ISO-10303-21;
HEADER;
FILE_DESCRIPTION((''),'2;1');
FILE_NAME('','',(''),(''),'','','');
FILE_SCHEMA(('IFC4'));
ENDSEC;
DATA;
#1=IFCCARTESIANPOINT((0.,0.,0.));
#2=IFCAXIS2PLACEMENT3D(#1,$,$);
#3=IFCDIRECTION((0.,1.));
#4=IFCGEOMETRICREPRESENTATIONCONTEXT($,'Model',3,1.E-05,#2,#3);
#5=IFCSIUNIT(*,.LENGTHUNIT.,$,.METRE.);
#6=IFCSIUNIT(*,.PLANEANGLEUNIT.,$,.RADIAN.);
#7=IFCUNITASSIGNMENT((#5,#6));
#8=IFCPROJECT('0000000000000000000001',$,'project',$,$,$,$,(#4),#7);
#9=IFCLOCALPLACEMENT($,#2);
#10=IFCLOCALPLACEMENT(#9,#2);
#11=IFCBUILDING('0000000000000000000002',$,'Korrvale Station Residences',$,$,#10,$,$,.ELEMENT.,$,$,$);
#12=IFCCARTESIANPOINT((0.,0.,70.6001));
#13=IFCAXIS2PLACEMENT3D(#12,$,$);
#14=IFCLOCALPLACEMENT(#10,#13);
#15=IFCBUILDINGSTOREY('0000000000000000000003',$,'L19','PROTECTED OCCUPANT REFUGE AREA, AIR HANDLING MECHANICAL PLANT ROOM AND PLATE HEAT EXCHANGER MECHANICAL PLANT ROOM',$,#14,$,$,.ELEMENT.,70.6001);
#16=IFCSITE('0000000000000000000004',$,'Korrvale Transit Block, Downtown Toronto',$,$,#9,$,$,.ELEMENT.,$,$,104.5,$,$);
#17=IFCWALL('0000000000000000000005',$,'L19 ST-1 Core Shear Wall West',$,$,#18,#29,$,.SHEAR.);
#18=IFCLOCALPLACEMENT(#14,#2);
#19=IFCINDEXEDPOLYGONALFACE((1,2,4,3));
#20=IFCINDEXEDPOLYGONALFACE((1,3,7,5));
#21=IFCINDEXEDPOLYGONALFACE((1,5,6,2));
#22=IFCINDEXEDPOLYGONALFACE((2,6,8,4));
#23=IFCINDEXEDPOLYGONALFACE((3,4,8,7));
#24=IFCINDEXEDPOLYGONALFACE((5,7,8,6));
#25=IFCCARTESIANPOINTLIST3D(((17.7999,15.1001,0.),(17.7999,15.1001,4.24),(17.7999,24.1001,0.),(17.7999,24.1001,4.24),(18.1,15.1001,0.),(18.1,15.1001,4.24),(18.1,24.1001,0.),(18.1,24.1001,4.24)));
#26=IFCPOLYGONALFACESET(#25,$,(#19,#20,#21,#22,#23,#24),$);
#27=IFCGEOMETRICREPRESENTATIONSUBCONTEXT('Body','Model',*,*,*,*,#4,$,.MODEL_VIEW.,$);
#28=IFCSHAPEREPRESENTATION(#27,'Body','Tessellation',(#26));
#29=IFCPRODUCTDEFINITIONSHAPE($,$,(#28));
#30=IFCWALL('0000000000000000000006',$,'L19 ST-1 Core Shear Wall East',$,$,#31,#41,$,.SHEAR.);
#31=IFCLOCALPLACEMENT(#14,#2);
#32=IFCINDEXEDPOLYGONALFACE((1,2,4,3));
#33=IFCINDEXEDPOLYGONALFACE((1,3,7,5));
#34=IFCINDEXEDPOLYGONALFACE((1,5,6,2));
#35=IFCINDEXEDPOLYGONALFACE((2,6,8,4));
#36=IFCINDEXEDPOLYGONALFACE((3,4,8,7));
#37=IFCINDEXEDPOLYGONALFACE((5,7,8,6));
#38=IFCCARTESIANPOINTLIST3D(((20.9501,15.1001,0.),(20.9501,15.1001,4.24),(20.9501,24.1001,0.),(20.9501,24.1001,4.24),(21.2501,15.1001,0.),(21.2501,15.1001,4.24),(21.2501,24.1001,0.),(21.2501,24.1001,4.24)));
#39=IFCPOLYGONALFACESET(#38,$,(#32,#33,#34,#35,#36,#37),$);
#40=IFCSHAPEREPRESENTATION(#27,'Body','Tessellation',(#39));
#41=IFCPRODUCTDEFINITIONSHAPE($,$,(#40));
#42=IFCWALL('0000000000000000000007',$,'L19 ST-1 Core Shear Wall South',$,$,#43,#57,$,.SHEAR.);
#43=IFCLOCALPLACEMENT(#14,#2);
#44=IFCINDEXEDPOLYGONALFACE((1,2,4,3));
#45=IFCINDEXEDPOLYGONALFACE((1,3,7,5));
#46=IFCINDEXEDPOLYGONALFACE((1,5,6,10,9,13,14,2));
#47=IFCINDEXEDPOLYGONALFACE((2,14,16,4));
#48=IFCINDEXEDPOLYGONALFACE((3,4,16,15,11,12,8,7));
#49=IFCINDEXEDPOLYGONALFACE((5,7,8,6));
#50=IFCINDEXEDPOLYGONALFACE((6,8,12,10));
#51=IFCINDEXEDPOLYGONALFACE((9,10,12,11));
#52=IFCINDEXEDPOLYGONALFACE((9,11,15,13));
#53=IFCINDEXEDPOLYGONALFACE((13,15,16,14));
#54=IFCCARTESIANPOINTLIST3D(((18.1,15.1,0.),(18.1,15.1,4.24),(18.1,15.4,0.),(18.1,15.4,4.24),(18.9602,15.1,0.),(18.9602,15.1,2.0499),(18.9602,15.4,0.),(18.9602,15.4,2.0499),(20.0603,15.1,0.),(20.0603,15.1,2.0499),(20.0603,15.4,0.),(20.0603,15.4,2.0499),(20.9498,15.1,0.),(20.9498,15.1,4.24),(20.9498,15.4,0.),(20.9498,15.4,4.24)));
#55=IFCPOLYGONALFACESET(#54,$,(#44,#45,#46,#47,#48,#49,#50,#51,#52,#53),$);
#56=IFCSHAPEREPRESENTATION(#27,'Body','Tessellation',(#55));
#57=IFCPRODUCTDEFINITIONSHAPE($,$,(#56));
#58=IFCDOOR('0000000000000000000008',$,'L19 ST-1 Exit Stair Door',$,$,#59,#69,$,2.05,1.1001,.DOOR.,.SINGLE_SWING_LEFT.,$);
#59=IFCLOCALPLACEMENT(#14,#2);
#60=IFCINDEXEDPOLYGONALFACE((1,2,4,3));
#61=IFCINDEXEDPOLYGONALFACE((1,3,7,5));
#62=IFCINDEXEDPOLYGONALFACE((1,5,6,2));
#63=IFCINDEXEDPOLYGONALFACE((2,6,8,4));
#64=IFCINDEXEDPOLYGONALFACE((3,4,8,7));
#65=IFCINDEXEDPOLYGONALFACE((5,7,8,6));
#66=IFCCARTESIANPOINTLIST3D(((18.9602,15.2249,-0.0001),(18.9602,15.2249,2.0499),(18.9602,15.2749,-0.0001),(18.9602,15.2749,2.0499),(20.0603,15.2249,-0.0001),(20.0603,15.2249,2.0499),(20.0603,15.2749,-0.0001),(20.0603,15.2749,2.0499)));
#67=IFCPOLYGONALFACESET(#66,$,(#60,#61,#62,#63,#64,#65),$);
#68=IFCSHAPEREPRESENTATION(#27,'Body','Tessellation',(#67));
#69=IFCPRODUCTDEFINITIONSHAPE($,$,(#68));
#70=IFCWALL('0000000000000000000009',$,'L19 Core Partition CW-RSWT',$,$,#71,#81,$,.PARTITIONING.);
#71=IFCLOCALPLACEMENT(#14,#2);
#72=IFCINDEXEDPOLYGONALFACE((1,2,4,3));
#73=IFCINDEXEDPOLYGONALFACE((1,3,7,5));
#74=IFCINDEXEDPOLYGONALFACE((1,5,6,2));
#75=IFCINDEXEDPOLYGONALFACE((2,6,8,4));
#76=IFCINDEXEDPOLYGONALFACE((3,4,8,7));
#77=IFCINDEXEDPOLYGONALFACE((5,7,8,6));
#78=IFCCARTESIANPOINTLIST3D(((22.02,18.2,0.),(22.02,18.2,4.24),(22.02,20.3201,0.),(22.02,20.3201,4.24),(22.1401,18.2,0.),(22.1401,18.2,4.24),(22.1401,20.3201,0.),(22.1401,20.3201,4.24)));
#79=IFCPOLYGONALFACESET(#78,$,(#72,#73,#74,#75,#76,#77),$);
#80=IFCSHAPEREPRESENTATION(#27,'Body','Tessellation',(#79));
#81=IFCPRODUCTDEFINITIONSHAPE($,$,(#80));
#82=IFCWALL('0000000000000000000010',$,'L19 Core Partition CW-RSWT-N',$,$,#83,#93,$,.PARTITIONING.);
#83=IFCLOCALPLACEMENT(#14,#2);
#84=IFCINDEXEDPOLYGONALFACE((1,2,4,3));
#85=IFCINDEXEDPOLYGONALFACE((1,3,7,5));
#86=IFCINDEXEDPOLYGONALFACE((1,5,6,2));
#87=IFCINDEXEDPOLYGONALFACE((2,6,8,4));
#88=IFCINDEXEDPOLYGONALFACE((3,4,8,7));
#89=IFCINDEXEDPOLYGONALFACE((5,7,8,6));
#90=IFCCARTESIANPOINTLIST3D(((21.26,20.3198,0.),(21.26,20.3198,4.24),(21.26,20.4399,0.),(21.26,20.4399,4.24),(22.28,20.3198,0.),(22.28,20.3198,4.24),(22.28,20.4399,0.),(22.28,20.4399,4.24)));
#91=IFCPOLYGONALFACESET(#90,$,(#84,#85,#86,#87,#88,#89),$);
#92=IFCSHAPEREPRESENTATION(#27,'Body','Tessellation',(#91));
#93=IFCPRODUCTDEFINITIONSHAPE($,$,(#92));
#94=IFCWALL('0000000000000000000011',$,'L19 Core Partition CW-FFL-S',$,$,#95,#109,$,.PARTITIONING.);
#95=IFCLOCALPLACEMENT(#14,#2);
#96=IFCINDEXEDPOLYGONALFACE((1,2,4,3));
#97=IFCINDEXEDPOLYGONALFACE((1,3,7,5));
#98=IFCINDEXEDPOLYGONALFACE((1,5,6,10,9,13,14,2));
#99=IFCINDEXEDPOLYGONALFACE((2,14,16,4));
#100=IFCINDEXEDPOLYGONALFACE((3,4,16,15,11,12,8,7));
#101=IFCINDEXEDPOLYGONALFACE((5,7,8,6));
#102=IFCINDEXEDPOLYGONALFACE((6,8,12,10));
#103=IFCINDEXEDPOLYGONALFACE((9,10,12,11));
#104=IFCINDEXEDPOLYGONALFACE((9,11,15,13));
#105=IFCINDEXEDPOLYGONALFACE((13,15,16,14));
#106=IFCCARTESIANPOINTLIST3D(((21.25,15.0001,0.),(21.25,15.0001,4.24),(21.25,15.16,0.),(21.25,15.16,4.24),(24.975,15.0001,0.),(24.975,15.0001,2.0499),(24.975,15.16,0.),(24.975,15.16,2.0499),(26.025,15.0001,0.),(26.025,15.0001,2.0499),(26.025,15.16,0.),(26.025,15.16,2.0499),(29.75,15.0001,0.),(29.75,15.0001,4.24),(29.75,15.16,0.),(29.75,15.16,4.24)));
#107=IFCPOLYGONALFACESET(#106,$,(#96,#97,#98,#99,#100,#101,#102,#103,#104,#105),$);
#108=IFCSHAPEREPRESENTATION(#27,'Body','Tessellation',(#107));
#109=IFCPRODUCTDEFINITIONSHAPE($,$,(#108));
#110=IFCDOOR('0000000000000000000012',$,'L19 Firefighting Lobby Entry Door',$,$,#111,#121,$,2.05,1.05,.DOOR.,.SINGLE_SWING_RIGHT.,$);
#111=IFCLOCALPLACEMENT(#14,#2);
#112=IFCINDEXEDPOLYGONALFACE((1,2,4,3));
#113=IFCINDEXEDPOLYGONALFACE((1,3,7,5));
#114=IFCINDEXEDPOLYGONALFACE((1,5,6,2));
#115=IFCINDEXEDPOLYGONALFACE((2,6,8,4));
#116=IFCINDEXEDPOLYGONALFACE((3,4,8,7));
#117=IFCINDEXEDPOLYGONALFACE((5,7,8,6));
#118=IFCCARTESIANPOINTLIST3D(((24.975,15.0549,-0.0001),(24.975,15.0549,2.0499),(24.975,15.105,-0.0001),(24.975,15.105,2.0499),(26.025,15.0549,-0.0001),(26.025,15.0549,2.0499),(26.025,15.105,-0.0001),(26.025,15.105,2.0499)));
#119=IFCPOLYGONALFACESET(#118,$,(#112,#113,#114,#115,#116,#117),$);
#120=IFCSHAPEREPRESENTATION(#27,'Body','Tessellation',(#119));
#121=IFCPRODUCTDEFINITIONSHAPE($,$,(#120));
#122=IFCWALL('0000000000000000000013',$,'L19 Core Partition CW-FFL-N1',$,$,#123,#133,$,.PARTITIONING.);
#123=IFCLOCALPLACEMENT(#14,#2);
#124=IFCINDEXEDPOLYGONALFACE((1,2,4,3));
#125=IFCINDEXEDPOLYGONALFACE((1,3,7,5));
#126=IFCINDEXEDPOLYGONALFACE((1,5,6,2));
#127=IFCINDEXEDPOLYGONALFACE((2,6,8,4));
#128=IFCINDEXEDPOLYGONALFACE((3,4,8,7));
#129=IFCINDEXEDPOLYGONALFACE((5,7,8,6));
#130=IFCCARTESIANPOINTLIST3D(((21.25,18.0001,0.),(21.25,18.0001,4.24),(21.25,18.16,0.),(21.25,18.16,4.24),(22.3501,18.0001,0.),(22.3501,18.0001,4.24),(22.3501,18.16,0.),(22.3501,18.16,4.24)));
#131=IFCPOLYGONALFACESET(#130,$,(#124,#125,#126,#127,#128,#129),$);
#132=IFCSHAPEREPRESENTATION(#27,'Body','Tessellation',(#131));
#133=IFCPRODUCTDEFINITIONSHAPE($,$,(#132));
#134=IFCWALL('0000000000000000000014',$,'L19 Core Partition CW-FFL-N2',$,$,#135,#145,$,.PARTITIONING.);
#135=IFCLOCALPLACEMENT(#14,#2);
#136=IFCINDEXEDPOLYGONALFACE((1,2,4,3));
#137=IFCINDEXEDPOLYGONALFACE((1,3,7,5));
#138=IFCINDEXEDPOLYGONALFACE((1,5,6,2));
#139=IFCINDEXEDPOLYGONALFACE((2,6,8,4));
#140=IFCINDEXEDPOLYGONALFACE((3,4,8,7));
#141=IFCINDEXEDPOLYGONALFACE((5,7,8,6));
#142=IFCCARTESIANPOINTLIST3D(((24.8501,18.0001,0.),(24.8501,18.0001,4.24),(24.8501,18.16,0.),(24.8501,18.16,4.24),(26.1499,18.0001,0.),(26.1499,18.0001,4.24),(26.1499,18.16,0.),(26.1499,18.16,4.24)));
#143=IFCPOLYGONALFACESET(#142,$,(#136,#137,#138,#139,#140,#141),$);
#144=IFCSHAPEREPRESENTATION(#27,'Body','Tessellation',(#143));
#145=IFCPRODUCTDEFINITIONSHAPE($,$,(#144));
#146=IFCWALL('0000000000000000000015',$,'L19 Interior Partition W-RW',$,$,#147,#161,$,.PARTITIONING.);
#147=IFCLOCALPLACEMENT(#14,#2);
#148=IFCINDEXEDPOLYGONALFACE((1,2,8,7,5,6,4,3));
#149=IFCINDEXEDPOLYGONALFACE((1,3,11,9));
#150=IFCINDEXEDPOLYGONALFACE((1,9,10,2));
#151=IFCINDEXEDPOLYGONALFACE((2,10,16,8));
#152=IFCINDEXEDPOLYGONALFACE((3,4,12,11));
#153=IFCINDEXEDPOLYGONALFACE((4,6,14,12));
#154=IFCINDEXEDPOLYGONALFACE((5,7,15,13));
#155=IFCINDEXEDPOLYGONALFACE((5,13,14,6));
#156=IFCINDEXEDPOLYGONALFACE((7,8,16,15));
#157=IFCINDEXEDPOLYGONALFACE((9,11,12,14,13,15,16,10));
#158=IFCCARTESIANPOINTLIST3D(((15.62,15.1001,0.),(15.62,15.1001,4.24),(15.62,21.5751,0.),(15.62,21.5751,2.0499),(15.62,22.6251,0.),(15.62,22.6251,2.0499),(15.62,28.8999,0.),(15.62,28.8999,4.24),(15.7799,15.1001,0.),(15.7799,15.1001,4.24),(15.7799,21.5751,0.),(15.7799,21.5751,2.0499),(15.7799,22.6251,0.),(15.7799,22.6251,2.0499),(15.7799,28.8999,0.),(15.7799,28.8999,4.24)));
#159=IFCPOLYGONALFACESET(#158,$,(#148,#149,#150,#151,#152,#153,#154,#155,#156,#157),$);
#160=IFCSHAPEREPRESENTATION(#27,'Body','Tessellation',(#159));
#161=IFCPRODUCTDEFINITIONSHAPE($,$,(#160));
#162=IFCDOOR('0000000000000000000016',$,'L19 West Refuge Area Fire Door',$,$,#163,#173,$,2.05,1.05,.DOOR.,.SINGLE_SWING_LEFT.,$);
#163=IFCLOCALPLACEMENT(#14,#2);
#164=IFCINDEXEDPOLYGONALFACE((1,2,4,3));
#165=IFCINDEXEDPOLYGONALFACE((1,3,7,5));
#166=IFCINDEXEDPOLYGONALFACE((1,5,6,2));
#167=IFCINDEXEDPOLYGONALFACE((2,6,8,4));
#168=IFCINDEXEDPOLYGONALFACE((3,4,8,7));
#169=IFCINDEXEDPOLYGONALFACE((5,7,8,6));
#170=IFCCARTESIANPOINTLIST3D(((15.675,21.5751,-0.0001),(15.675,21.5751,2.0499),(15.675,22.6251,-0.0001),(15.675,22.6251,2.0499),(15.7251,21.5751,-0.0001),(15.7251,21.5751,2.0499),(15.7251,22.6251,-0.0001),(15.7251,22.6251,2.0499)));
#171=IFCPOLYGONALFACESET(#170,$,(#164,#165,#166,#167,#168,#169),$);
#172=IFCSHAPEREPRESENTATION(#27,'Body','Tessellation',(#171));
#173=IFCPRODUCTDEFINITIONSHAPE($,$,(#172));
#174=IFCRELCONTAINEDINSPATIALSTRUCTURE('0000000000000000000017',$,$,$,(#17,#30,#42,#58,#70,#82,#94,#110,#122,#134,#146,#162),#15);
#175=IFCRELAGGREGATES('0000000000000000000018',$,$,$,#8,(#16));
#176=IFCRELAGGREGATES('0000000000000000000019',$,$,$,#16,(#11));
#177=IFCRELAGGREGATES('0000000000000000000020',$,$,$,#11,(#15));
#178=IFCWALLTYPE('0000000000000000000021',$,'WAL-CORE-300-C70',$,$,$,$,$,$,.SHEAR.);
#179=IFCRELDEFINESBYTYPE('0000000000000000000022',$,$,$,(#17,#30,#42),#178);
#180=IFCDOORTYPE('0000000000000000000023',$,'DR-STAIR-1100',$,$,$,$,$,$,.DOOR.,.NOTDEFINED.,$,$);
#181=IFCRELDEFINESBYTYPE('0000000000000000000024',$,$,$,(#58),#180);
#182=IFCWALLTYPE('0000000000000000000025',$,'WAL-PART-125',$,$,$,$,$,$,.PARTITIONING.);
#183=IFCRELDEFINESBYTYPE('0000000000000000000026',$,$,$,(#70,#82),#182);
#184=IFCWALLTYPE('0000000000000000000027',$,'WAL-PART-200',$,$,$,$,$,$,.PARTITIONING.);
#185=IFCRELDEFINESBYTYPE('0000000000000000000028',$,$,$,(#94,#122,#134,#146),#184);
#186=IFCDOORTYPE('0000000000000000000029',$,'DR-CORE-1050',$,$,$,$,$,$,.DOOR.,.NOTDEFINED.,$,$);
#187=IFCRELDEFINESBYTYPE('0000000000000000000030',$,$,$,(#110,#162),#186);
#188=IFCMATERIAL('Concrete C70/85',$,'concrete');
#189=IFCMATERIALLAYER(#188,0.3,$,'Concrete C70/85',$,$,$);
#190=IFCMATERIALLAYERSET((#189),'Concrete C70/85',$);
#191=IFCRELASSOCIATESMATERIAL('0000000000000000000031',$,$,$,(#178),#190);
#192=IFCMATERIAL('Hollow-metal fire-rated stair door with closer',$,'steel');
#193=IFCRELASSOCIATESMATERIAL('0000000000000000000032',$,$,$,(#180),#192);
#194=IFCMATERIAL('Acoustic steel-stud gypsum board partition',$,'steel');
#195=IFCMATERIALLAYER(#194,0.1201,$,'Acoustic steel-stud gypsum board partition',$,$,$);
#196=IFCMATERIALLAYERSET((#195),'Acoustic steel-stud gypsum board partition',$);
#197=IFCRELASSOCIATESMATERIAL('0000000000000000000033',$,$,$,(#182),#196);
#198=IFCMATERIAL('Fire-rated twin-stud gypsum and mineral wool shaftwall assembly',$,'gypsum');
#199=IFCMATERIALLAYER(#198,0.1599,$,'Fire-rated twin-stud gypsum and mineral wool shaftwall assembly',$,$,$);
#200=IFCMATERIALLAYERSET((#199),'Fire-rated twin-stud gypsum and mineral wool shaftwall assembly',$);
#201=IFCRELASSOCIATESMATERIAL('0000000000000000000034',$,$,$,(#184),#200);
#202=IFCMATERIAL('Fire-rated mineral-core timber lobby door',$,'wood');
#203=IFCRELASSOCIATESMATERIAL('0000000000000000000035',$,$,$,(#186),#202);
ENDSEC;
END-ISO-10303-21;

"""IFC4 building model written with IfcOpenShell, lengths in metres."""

from ifc_helpers import new_model, si_unit, direction, frame, frame_2d, origin, place, context, subcontext, project, spatial, rectangle, extrude, material, layer, layer_set, type_object, element, fill, save


model = new_model("IFC4")

# Units and contexts
model_context = context("Model", 3, precision=1e-05, world=origin(), true_north=direction((0.0, 1.0)))
body_context = subcontext(model_context, "Body", "Model", "MODEL_VIEW")
ifc_project = project(units=[si_unit("LENGTHUNIT", "METRE"), si_unit("PLANEANGLEUNIT", "RADIAN")], contexts=[model_context])

# Site, building, storey
site_placement = place(None, origin())
site = spatial("IfcSite", under=ifc_project, at=site_placement, Name="Korrvale Transit Block, Downtown Toronto", CompositionType="ELEMENT", RefElevation=104.5)
building_placement = place(site_placement, origin())
building = spatial("IfcBuilding", under=site, at=building_placement, Name="Korrvale Station Residences", CompositionType="ELEMENT")
storey_placement = place(building_placement, frame((0.0, 0.0, 70.6001)))
storey = spatial("IfcBuildingStorey", under=building, at=storey_placement, Name="L19", Description="PROTECTED OCCUPANT REFUGE AREA, AIR HANDLING MECHANICAL PLANT ROOM AND PLATE HEAT EXCHANGER MECHANICAL PLANT ROOM", CompositionType="ELEMENT", Elevation=70.6001)

# Walls
ifc_material_1 = material(Name="Concrete C70/85", Category="concrete")
ifc_layer_1 = layer(ifc_material_1, 0.3, Name="Concrete C70/85")
ifc_layer_set_1 = layer_set([ifc_layer_1], Name="Concrete C70/85")
wall_type_1 = type_object("IfcWallType", Name="WAL-CORE-300-C70", PredefinedType="SHEAR", material=ifc_layer_set_1)
for number, where, z_axis, x_axis, name in (
    (1, (17.95, 15.1001, 0.0), (0.0, 0.0, 1.0), (0.0, 1.0, 0.0), "L19 ST-1 Core Shear Wall West"),
    (2, (21.1001, 15.1001, 0.0), (0.0, 0.0, 1.0), (0.0, 1.0, 0.0), "L19 ST-1 Core Shear Wall East"),
):
    element("IfcWall", number, at=place(storey_placement, frame(where, z_axis=z_axis, x_axis=x_axis)), inside=storey, type_object=wall_type_1, Name=name, PredefinedType="SHEAR", context=body_context, shape_type="SweptSolid", body=[
        extrude(rectangle(XDim=9.0, YDim=0.3, at=frame_2d((4.5, 0.0))), origin(), (0.0, 0.0, 1.0), 4.24),
    ])

# Wall, opening, door
wall_1_placement = place(storey_placement, frame((18.1001, 15.25, 0.0), z_axis=(0.0, 0.0, 1.0), x_axis=(1.0, 0.0, 0.0)))
wall_1 = element("IfcWall", 3, at=wall_1_placement, inside=storey, type_object=wall_type_1, Name="L19 ST-1 Core Shear Wall South", PredefinedType="SHEAR", context=body_context, shape_type="SweptSolid", body=[
    extrude(rectangle(XDim=2.8499, YDim=0.3, at=frame_2d((1.4248, 0.0))), origin(), (0.0, 0.0, 1.0), 4.24),
])
opening_1_placement = place(wall_1_placement, frame((0.8601, 0.0, 0.0)))
opening_1 = element("IfcOpeningElement", 4, at=opening_1_placement, cuts=wall_1, PredefinedType="OPENING", context=body_context, shape_type="SweptSolid", body=[
    extrude(rectangle(XDim=1.1001, YDim=2.05, at=frame_2d((0.55, 1.0249))), frame((0.0, 0.1602, 0.0), z_axis=(0.0, -1.0, 0.0), x_axis=(1.0, 0.0, 0.0)), (0.0, 0.0, 1.0), 0.3201),
])
ifc_material_2 = material(Name="Hollow-metal fire-rated stair door with closer", Category="steel")
door_type_1 = type_object("IfcDoorType", Name="DR-STAIR-1100", OperationType="NOTDEFINED", PredefinedType="DOOR", material=ifc_material_2)
door_1_placement = place(opening_1_placement, origin())
door_1 = element("IfcDoor", 5, at=door_1_placement, inside=storey, type_object=door_type_1, Name="L19 ST-1 Exit Stair Door", OperationType="SINGLE_SWING_LEFT", OverallHeight=2.05, OverallWidth=1.1001, PredefinedType="DOOR", context=body_context, shape_type="SweptSolid", body=[
    extrude(rectangle(XDim=1.1001, YDim=2.05, at=frame_2d((0.55, 1.0249))), frame((0.0, 0.0249, 0.0), z_axis=(0.0, -1.0, 0.0), x_axis=(1.0, 0.0, 0.0)), (0.0, 0.0, 1.0), 0.05),
])
fill(opening_1, door_1)

# Walls
ifc_material_3 = material(Name="Acoustic steel-stud gypsum board partition", Category="steel")
ifc_layer_2 = layer(ifc_material_3, 0.1201, Name="Acoustic steel-stud gypsum board partition")
ifc_layer_set_2 = layer_set([ifc_layer_2], Name="Acoustic steel-stud gypsum board partition")
wall_type_2 = type_object("IfcWallType", Name="WAL-PART-125", PredefinedType="PARTITIONING", material=ifc_layer_set_2)
wall_2_placement = place(storey_placement, frame((22.0801, 18.2, 0.0), z_axis=(0.0, 0.0, 1.0), x_axis=(0.0, 1.0, 0.0)))
element("IfcWall", 6, at=wall_2_placement, inside=storey, type_object=wall_type_2, Name="L19 Core Partition CW-RSWT", PredefinedType="PARTITIONING", context=body_context, shape_type="SweptSolid", body=[
    extrude(rectangle(XDim=2.1201, YDim=0.1201, at=frame_2d((1.0601, 0.0))), origin(), (0.0, 0.0, 1.0), 4.24),
])
wall_3_placement = place(storey_placement, frame((22.28, 20.3799, 0.0), z_axis=(0.0, 0.0, 1.0), x_axis=(-1.0, 0.0, 0.0)))
element("IfcWall", 7, at=wall_3_placement, inside=storey, type_object=wall_type_2, Name="L19 Core Partition CW-RSWT-N", PredefinedType="PARTITIONING", context=body_context, shape_type="SweptSolid", body=[
    extrude(rectangle(XDim=1.02, YDim=0.1201, at=frame_2d((0.51, 0.0))), origin(), (0.0, 0.0, 1.0), 4.24),
])

# Wall, opening, door
ifc_material_4 = material(Name="Fire-rated twin-stud gypsum and mineral wool shaftwall assembly", Category="gypsum")
ifc_layer_3 = layer(ifc_material_4, 0.1599, Name="Fire-rated twin-stud gypsum and mineral wool shaftwall assembly")
ifc_layer_set_3 = layer_set([ifc_layer_3], Name="Fire-rated twin-stud gypsum and mineral wool shaftwall assembly")
wall_type_3 = type_object("IfcWallType", Name="WAL-PART-200", PredefinedType="PARTITIONING", material=ifc_layer_set_3)
wall_4_placement = place(storey_placement, frame((21.25, 15.0801, 0.0), z_axis=(0.0, 0.0, 1.0), x_axis=(1.0, 0.0, 0.0)))
wall_4 = element("IfcWall", 8, at=wall_4_placement, inside=storey, type_object=wall_type_3, Name="L19 Core Partition CW-FFL-S", PredefinedType="PARTITIONING", context=body_context, shape_type="SweptSolid", body=[
    extrude(rectangle(XDim=8.5, YDim=0.1599, at=frame_2d((4.25, 0.0))), origin(), (0.0, 0.0, 1.0), 4.24),
])
opening_2_placement = place(wall_4_placement, frame((3.7251, 0.0, 0.0)))
opening_2 = element("IfcOpeningElement", 9, at=opening_2_placement, cuts=wall_4, PredefinedType="OPENING", context=body_context, shape_type="SweptSolid", body=[
    extrude(rectangle(XDim=1.05, YDim=2.05, at=frame_2d((0.5249, 1.0249))), frame((0.0, 0.0898, 0.0), z_axis=(0.0, -1.0, 0.0), x_axis=(1.0, 0.0, 0.0)), (0.0, 0.0, 1.0), 0.1799),
])
ifc_material_5 = material(Name="Fire-rated mineral-core timber lobby door", Category="wood")
door_type_2 = type_object("IfcDoorType", Name="DR-CORE-1050", OperationType="NOTDEFINED", PredefinedType="DOOR", material=ifc_material_5)
door_2_placement = place(opening_2_placement, origin())
door_2 = element("IfcDoor", 10, at=door_2_placement, inside=storey, type_object=door_type_2, Name="L19 Firefighting Lobby Entry Door", OperationType="SINGLE_SWING_RIGHT", OverallHeight=2.05, OverallWidth=1.05, PredefinedType="DOOR", context=body_context, shape_type="SweptSolid", body=[
    extrude(rectangle(XDim=1.05, YDim=2.05, at=frame_2d((0.5249, 1.0249))), frame((0.0, 0.0249, 0.0), z_axis=(0.0, -1.0, 0.0), x_axis=(1.0, 0.0, 0.0)), (0.0, 0.0, 1.0), 0.05),
])
fill(opening_2, door_2)

# Walls
wall_5_placement = place(storey_placement, frame((21.25, 18.0801, 0.0), z_axis=(0.0, 0.0, 1.0), x_axis=(1.0, 0.0, 0.0)))
element("IfcWall", 11, at=wall_5_placement, inside=storey, type_object=wall_type_3, Name="L19 Core Partition CW-FFL-N1", PredefinedType="PARTITIONING", context=body_context, shape_type="SweptSolid", body=[
    extrude(rectangle(XDim=1.1001, YDim=0.1599, at=frame_2d((0.55, 0.0))), origin(), (0.0, 0.0, 1.0), 4.24),
])
wall_6_placement = place(storey_placement, frame((24.8501, 18.0801, 0.0), z_axis=(0.0, 0.0, 1.0), x_axis=(1.0, 0.0, 0.0)))
element("IfcWall", 12, at=wall_6_placement, inside=storey, type_object=wall_type_3, Name="L19 Core Partition CW-FFL-N2", PredefinedType="PARTITIONING", context=body_context, shape_type="SweptSolid", body=[
    extrude(rectangle(XDim=1.2998, YDim=0.1599, at=frame_2d((0.6499, 0.0))), origin(), (0.0, 0.0, 1.0), 4.24),
])

# Wall, opening, door
wall_7_placement = place(storey_placement, frame((15.7, 15.1001, 0.0), z_axis=(0.0, 0.0, 1.0), x_axis=(0.0, 1.0, 0.0)))
wall_7 = element("IfcWall", 13, at=wall_7_placement, inside=storey, type_object=wall_type_3, Name="L19 Interior Partition W-RW", PredefinedType="PARTITIONING", context=body_context, shape_type="SweptSolid", body=[
    extrude(rectangle(XDim=13.7998, YDim=0.1599, at=frame_2d((6.8999, 0.0))), origin(), (0.0, 0.0, 1.0), 4.24),
])
opening_3_placement = place(wall_7_placement, frame((6.4751, 0.0, 0.0)))
opening_3 = element("IfcOpeningElement", 14, at=opening_3_placement, cuts=wall_7, PredefinedType="OPENING", context=body_context, shape_type="SweptSolid", body=[
    extrude(rectangle(XDim=1.05, YDim=2.05, at=frame_2d((0.5249, 1.0249))), frame((0.0, 0.0898, 0.0), z_axis=(0.0, -1.0, 0.0), x_axis=(1.0, 0.0, 0.0)), (0.0, 0.0, 1.0), 0.1799),
])
door_3_placement = place(opening_3_placement, origin())
door_3 = element("IfcDoor", 15, at=door_3_placement, inside=storey, type_object=door_type_2, Name="L19 West Refuge Area Fire Door", OperationType="SINGLE_SWING_LEFT", OverallHeight=2.05, OverallWidth=1.05, PredefinedType="DOOR", context=body_context, shape_type="SweptSolid", body=[
    extrude(rectangle(XDim=1.05, YDim=2.05, at=frame_2d((0.5249, 1.0249))), frame((0.0, 0.0249, 0.0), z_axis=(0.0, -1.0, 0.0), x_axis=(1.0, 0.0, 0.0)), (0.0, 0.0, 1.0), 0.05),
])
fill(opening_3, door_3)

save(model, "model.ifc")
